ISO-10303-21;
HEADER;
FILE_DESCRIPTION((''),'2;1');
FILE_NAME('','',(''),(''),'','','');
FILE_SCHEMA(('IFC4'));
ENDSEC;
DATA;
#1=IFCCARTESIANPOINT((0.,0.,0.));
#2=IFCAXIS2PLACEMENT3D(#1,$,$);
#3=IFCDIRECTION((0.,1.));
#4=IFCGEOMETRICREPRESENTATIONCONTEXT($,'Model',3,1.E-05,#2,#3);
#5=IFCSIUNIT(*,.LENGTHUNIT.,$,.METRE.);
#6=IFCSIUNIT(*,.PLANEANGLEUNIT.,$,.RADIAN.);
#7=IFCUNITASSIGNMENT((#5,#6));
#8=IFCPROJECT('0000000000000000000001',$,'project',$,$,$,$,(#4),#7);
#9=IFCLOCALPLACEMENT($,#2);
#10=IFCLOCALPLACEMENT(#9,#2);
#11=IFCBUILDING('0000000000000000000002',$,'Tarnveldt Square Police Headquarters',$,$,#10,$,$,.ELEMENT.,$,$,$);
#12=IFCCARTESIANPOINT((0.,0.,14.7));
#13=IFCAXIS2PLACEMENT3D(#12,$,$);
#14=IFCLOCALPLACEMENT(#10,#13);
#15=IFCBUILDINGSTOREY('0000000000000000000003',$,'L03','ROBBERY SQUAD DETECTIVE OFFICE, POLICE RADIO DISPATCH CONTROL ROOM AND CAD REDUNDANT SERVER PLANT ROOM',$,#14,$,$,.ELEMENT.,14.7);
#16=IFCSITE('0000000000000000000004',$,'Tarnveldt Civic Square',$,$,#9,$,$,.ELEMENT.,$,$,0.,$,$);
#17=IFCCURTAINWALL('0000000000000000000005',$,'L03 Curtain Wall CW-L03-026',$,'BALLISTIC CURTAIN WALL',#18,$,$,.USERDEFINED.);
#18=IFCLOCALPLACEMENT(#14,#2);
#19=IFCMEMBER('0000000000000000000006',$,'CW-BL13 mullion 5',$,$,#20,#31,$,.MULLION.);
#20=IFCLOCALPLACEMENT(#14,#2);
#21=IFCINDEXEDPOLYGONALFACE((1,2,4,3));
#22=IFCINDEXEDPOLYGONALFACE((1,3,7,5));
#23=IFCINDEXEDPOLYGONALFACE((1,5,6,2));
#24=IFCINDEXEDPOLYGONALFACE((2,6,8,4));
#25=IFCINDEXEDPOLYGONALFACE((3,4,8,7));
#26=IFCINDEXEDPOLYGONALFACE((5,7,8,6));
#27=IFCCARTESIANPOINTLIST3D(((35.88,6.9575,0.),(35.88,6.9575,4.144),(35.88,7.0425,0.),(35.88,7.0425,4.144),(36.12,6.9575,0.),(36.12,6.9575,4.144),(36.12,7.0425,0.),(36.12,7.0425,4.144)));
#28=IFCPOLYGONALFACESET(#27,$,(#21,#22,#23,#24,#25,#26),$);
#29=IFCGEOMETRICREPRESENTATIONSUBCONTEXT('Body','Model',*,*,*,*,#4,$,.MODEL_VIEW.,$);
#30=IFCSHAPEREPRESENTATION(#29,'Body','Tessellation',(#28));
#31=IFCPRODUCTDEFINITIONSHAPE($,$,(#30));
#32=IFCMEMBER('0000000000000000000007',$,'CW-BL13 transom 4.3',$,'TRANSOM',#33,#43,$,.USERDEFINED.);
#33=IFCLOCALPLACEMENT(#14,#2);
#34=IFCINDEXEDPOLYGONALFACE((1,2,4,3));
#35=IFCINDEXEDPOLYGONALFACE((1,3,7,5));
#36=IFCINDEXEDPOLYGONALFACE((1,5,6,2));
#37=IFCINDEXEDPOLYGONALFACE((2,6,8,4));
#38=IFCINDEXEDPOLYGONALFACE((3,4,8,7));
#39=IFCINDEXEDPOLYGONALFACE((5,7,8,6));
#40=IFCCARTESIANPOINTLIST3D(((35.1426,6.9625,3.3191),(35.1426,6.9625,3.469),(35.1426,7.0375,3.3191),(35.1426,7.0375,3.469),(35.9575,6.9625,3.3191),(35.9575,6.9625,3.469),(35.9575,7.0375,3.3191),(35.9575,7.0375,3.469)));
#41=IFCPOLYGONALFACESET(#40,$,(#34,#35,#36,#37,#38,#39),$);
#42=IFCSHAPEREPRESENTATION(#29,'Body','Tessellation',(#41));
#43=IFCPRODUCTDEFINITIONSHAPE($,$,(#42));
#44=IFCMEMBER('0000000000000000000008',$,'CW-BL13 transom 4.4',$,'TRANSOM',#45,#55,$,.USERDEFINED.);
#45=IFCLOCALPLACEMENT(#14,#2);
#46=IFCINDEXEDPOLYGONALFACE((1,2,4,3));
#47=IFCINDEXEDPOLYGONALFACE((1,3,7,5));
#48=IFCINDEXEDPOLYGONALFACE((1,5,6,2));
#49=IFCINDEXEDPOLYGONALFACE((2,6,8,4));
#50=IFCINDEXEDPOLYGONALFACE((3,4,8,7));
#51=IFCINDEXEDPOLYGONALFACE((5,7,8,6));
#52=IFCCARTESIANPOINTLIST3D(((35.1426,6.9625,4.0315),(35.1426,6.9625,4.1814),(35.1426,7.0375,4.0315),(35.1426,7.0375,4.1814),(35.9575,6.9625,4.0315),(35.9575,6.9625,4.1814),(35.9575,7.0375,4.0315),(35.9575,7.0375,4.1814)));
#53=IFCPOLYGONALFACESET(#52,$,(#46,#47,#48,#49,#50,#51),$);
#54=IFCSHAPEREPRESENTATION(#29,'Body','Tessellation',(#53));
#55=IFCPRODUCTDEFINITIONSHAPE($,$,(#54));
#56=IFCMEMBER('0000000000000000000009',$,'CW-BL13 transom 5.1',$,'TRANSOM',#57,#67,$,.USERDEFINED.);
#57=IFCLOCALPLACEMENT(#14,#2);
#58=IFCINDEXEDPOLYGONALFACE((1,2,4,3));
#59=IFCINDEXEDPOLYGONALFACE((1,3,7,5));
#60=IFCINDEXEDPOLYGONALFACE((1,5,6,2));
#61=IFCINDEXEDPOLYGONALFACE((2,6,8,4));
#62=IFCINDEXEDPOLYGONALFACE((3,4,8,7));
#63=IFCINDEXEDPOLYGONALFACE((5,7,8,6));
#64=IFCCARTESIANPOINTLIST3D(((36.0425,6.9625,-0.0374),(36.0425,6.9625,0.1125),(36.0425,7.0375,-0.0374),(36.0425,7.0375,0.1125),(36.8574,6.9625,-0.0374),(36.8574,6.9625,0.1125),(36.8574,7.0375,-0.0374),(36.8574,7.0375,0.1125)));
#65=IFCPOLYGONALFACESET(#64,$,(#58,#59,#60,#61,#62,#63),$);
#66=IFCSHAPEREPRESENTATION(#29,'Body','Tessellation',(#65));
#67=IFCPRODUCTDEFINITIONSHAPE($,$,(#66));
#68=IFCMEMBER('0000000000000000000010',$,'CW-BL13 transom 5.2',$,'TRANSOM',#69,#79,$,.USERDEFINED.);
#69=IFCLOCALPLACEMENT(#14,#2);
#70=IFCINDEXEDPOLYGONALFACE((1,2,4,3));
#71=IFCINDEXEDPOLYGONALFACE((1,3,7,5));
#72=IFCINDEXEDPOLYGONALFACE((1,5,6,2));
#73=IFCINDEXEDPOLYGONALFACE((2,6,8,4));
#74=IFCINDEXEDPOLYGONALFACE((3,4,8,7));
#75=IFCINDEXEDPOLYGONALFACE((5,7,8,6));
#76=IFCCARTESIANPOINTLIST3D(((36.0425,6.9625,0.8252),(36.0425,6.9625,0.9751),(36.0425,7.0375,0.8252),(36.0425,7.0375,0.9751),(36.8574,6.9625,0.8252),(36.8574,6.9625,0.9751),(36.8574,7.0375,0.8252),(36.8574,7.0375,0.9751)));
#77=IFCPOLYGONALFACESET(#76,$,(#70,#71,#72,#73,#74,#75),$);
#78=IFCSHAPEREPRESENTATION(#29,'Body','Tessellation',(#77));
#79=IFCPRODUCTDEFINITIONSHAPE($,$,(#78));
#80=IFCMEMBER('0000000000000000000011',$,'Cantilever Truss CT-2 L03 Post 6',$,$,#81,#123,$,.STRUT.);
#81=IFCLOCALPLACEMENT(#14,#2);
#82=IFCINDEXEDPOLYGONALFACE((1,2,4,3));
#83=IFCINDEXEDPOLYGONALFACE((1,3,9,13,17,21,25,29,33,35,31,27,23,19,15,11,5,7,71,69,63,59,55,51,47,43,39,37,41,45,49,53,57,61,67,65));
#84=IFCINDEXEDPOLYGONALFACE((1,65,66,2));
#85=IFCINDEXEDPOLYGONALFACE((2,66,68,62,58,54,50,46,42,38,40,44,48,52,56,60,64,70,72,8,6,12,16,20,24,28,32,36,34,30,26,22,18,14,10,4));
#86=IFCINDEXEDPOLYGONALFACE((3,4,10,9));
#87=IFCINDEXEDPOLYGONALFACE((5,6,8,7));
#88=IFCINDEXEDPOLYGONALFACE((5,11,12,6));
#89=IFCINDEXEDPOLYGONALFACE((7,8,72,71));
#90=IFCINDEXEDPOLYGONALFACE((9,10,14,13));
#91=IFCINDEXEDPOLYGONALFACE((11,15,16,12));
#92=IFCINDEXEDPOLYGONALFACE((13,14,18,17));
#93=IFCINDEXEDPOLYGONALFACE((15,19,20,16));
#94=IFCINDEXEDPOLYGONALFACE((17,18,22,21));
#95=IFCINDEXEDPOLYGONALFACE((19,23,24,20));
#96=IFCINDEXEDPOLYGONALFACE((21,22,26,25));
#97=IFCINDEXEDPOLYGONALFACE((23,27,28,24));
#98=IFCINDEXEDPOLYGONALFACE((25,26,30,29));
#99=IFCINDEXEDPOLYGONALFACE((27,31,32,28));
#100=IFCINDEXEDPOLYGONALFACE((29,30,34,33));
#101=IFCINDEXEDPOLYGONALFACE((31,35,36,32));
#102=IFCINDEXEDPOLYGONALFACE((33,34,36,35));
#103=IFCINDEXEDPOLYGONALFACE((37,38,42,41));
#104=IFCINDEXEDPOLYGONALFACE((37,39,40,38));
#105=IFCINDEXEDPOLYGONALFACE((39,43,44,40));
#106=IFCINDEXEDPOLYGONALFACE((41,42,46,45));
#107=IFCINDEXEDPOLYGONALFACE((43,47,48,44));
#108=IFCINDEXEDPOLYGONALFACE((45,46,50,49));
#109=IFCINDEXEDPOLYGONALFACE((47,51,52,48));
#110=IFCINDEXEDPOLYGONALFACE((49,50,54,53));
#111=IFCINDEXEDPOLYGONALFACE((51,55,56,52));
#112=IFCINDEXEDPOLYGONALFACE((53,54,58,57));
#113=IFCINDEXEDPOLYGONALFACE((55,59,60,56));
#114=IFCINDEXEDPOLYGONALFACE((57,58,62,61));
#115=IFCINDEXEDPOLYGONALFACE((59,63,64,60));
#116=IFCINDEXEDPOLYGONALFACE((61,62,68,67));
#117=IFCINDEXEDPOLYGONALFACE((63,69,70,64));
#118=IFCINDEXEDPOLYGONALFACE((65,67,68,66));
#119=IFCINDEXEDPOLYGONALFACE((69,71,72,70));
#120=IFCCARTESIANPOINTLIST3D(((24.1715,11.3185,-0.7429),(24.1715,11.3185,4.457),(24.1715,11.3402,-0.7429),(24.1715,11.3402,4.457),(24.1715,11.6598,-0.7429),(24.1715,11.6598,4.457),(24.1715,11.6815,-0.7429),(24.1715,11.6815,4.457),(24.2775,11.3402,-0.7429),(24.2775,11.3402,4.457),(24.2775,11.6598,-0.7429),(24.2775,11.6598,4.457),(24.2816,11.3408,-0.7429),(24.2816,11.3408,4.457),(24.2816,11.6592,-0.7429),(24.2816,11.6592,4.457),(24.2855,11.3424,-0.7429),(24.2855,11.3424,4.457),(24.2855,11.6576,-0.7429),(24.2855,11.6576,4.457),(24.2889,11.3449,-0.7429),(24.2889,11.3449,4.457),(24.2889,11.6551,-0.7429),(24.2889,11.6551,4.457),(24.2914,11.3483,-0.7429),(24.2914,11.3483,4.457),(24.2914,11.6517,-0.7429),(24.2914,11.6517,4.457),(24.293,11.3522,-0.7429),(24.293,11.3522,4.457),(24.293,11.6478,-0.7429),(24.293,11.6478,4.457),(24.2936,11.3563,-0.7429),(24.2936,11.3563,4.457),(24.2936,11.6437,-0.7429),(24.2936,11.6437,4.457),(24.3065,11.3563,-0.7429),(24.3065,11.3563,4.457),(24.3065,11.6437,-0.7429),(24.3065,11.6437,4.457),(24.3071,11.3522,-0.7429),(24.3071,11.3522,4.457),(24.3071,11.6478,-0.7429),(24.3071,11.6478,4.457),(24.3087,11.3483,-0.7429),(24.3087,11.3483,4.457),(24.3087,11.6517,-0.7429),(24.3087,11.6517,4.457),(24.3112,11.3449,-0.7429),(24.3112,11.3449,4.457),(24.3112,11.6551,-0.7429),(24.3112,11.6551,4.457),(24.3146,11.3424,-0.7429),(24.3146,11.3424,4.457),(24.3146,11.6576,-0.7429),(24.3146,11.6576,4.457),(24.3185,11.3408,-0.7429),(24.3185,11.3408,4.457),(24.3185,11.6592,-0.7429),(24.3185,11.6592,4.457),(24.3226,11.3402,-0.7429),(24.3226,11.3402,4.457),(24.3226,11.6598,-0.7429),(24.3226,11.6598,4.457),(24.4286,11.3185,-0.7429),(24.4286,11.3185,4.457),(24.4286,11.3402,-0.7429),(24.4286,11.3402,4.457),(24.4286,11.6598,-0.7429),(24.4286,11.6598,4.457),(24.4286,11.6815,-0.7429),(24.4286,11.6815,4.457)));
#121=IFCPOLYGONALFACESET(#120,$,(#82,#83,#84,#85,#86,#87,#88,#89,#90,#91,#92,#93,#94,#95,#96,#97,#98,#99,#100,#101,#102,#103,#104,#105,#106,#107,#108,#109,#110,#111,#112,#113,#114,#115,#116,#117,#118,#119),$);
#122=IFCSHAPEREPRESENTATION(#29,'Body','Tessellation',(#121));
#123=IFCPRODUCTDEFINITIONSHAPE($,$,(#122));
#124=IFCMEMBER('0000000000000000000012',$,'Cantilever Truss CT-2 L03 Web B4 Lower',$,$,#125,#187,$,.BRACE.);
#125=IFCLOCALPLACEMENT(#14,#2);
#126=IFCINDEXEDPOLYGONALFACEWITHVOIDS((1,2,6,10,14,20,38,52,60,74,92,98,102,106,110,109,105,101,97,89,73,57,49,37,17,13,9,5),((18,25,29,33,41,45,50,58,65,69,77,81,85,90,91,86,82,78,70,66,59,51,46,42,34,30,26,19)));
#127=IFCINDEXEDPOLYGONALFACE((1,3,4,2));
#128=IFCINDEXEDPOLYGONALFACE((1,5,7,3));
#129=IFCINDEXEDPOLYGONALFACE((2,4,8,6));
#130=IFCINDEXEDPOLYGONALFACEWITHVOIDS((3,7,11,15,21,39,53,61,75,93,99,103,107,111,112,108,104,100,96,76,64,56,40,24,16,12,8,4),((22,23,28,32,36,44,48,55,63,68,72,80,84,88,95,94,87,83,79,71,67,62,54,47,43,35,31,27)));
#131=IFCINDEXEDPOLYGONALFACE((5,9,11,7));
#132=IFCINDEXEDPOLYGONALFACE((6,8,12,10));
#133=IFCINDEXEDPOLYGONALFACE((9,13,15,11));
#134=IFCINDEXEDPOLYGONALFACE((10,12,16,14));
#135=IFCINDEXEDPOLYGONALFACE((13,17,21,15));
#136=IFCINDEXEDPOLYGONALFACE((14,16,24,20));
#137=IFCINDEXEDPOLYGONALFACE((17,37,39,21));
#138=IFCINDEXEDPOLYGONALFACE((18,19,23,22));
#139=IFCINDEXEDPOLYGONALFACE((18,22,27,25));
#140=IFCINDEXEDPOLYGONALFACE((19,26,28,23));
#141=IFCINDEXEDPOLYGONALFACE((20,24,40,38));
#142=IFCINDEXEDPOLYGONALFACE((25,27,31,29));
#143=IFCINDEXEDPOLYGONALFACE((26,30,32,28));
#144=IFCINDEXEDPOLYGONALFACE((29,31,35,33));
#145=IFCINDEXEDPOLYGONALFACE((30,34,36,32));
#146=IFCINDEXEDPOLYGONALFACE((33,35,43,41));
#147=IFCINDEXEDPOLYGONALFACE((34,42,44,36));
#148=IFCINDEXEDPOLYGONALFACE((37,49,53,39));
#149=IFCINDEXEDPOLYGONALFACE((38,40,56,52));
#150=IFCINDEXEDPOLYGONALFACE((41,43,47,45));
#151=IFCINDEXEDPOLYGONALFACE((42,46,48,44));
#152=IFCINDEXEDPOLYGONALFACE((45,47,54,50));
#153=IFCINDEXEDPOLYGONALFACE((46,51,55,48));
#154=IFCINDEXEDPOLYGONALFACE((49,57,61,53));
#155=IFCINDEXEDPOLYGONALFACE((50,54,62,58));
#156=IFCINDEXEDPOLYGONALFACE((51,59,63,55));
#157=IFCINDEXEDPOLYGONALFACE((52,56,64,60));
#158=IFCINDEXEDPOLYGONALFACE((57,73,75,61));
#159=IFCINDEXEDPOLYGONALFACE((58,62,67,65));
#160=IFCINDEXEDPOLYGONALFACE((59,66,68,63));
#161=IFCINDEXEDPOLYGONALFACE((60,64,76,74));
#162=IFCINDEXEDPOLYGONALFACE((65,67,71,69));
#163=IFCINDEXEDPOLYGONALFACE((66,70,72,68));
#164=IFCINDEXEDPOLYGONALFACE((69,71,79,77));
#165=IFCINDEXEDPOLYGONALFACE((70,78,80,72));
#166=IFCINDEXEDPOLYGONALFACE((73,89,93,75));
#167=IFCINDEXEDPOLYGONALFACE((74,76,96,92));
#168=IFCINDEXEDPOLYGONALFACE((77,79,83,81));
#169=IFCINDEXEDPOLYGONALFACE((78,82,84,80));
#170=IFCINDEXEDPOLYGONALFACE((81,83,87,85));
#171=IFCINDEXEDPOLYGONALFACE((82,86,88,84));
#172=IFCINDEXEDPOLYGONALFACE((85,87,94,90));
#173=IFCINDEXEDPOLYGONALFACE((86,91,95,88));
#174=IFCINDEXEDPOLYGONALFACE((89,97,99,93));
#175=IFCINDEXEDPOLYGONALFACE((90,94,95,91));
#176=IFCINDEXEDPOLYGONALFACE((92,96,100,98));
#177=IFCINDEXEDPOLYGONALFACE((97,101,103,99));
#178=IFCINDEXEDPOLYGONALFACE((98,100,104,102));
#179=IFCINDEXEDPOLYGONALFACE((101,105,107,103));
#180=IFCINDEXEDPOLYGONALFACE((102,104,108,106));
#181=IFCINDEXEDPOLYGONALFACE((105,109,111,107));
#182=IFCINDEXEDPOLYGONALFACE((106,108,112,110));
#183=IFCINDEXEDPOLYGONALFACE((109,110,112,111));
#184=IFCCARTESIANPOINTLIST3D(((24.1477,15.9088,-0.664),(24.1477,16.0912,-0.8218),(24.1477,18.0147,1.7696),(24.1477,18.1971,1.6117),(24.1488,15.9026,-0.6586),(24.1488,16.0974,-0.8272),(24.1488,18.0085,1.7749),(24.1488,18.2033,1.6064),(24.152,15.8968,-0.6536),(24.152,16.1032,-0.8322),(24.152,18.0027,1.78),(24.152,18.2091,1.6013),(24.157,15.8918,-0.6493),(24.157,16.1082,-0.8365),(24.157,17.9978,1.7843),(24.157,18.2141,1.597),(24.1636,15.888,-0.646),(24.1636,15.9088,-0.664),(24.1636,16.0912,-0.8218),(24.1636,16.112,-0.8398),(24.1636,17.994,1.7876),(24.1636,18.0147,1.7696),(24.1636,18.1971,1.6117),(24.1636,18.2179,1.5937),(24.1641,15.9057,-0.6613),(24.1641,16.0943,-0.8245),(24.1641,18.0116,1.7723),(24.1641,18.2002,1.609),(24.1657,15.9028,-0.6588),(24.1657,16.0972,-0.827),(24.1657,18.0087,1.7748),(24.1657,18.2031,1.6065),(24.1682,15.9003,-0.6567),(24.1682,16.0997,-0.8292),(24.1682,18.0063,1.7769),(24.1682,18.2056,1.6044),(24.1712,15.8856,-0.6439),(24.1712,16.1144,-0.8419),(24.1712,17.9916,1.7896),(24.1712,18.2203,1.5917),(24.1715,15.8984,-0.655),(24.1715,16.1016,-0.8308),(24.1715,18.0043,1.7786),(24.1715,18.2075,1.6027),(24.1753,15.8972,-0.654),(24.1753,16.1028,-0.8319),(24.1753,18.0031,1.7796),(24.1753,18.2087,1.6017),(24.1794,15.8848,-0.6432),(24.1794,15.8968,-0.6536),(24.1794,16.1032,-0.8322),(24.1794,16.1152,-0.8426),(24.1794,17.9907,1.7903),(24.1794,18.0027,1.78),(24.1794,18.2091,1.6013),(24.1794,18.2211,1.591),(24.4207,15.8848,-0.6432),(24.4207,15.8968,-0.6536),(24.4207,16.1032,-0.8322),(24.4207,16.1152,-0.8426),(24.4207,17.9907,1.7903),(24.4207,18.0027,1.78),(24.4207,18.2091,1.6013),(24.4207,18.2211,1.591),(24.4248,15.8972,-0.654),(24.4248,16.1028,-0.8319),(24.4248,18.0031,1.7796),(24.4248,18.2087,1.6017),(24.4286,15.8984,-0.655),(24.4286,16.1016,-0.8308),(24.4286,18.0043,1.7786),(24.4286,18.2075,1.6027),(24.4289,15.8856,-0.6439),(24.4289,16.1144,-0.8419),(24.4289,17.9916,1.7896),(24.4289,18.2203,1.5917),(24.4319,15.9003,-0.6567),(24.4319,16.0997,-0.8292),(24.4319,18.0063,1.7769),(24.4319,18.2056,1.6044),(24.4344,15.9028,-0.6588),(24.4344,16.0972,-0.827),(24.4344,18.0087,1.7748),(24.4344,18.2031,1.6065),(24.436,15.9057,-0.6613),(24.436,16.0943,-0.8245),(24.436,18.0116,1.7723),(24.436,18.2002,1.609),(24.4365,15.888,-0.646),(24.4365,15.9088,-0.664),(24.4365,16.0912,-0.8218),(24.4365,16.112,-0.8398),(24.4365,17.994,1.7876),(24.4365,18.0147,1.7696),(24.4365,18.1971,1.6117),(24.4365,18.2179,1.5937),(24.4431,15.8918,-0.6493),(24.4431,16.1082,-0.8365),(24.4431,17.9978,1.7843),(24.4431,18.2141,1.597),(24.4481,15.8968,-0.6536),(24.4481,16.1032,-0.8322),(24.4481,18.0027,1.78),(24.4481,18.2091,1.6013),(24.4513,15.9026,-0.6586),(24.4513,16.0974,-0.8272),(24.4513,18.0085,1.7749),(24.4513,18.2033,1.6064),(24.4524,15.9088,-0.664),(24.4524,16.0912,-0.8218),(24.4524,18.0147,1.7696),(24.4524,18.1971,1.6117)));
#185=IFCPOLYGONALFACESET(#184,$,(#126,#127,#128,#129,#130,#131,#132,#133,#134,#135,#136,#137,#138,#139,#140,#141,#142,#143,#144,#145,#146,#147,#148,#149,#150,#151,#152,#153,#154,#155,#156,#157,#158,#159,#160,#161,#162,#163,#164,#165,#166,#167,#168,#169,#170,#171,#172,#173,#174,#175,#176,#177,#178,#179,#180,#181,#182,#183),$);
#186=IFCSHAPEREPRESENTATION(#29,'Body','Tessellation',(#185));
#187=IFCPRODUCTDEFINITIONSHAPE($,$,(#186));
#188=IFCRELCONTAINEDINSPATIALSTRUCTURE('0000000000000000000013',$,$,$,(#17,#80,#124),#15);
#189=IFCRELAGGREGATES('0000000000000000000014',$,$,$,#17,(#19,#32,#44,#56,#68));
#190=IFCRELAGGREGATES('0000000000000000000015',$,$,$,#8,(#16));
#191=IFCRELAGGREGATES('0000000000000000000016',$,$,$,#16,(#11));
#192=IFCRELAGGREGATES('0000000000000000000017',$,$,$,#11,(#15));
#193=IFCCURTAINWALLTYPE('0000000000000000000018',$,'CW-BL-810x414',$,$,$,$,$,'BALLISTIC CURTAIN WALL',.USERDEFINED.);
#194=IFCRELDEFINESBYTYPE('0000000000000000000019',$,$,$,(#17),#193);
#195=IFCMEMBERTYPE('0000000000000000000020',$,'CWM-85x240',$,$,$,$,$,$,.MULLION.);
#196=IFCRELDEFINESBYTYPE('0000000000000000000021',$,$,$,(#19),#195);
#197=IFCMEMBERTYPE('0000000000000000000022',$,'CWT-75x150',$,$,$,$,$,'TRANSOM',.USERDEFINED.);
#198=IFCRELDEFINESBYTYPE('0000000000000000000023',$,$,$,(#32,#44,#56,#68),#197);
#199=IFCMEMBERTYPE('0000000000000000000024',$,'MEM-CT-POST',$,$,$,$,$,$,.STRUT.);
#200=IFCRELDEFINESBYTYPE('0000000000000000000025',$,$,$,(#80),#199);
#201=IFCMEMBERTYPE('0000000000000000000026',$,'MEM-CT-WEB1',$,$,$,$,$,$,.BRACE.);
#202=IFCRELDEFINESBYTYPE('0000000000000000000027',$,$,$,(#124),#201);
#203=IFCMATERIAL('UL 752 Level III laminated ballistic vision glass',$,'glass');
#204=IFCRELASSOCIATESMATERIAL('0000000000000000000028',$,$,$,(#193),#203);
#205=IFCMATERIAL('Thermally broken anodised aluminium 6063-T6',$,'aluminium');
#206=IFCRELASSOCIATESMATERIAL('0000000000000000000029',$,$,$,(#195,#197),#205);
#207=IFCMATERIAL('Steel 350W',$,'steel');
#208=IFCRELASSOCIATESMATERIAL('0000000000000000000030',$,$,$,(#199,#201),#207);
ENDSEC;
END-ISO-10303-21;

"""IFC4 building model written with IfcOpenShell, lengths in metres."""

from ifc_helpers import new_model, si_unit, direction, frame, origin, origin_2d, place, context, subcontext, project, spatial, rectangle, hollow_rectangle, i_section, extrude, material, material_profile, profile_set, type_object, element, aggregate, save


model = new_model("IFC4")

# Units and contexts
model_context = context("Model", 3, precision=1e-05, world=origin(), true_north=direction((0.0, 1.0)))
body_context = subcontext(model_context, "Body", "Model", "MODEL_VIEW")
ifc_project = project(units=[si_unit("LENGTHUNIT", "METRE"), si_unit("PLANEANGLEUNIT", "RADIAN")], contexts=[model_context])

# Site, building, storey
site_placement = place(None, origin())
site = spatial("IfcSite", under=ifc_project, at=site_placement, Name="Tarnveldt Civic Square", CompositionType="ELEMENT", RefElevation=0.0)
building_placement = place(site_placement, origin())
building = spatial("IfcBuilding", under=site, at=building_placement, Name="Tarnveldt Square Police Headquarters", CompositionType="ELEMENT")
storey_placement = place(building_placement, frame((0.0, 0.0, 14.7)))
storey = spatial("IfcBuildingStorey", under=building, at=storey_placement, Name="L03", Description="ROBBERY SQUAD DETECTIVE OFFICE, POLICE RADIO DISPATCH CONTROL ROOM AND CAD REDUNDANT SERVER PLANT ROOM", CompositionType="ELEMENT", Elevation=14.7)

# Shared definitions
ifc_material_1 = material(Name="Steel 350W", Category="steel")

# Curtain wall, members
ifc_material_2 = material(Name="UL 752 Level III laminated ballistic vision glass", Category="glass")
curtain_wall_type = type_object("IfcCurtainWallType", Name="CW-BL-810x414", ElementType="BALLISTIC CURTAIN WALL", PredefinedType="USERDEFINED", material=ifc_material_2)
curtain_wall_placement = place(storey_placement, origin())
curtain_wall = element("IfcCurtainWall", 1, at=curtain_wall_placement, inside=storey, type_object=curtain_wall_type, Name="L03 Curtain Wall CW-L03-026", ObjectType="BALLISTIC CURTAIN WALL", PredefinedType="USERDEFINED")
ifc_material_3 = material(Name="Thermally broken anodised aluminium 6063-T6", Category="aluminium")
ifc_material_profile_1 = material_profile(ifc_material_3, rectangle(XDim=0.085, YDim=0.24, at=origin_2d()), Name="CW-M85x240")
ifc_profile_set_1 = profile_set([ifc_material_profile_1], Name="Thermally broken anodised aluminium 6063-T6")
member_type_1 = type_object("IfcMemberType", Name="CWM-85x240", PredefinedType="MULLION", material=ifc_profile_set_1)
member_1_placement = place(storey_placement, frame((36.0, 7.0, 0.0), z_axis=(0.0, 0.0, 1.0), x_axis=(0.0, 1.0, 0.0)))
member_1 = element("IfcMember", 2, at=member_1_placement, type_object=member_type_1, Name="CW-BL13 mullion 5", PredefinedType="MULLION", context=body_context, shape_type="SweptSolid", body=[
    extrude(rectangle(XDim=0.085, YDim=0.24, at=origin_2d()), origin(), (0.0, 0.0, 1.0), 4.144),
])
ifc_material_profile_2 = material_profile(ifc_material_3, rectangle(XDim=0.075, YDim=0.1499, at=origin_2d()), Name="CW-T75x150")
ifc_profile_set_2 = profile_set([ifc_material_profile_2], Name="Thermally broken anodised aluminium 6063-T6")
member_type_2 = type_object("IfcMemberType", Name="CWT-75x150", ElementType="TRANSOM", PredefinedType="USERDEFINED", material=ifc_profile_set_2)
member_2_placement = place(storey_placement, frame((35.1426, 7.0, 3.394), z_axis=(1.0, 0.0, 0.0), x_axis=(0.0, 1.0, 0.0)))
member_2 = element("IfcMember", 3, at=member_2_placement, type_object=member_type_2, Name="CW-BL13 transom 4.3", ObjectType="TRANSOM", PredefinedType="USERDEFINED", context=body_context, shape_type="SweptSolid", body=[
    extrude(rectangle(XDim=0.075, YDim=0.1499, at=origin_2d()), origin(), (0.0, 0.0, 1.0), 0.8149),
])
member_3_placement = place(storey_placement, frame((35.1426, 7.0, 4.1064), z_axis=(1.0, 0.0, 0.0), x_axis=(0.0, 1.0, 0.0)))
member_3 = element("IfcMember", 4, at=member_3_placement, type_object=member_type_2, Name="CW-BL13 transom 4.4", ObjectType="TRANSOM", PredefinedType="USERDEFINED", context=body_context, shape_type="SweptSolid", body=[
    extrude(rectangle(XDim=0.075, YDim=0.1499, at=origin_2d()), origin(), (0.0, 0.0, 1.0), 0.8149),
])
member_4_placement = place(storey_placement, frame((36.0425, 7.0, 0.0376), z_axis=(1.0, 0.0, 0.0), x_axis=(0.0, 1.0, 0.0)))
member_4 = element("IfcMember", 5, at=member_4_placement, type_object=member_type_2, Name="CW-BL13 transom 5.1", ObjectType="TRANSOM", PredefinedType="USERDEFINED", context=body_context, shape_type="SweptSolid", body=[
    extrude(rectangle(XDim=0.075, YDim=0.1499, at=origin_2d()), origin(), (0.0, 0.0, 1.0), 0.8149),
])
member_5_placement = place(storey_placement, frame((36.0425, 7.0, 0.9001), z_axis=(1.0, 0.0, 0.0), x_axis=(0.0, 1.0, 0.0)))
member_5 = element("IfcMember", 6, at=member_5_placement, type_object=member_type_2, Name="CW-BL13 transom 5.2", ObjectType="TRANSOM", PredefinedType="USERDEFINED", context=body_context, shape_type="SweptSolid", body=[
    extrude(rectangle(XDim=0.075, YDim=0.1499, at=origin_2d()), origin(), (0.0, 0.0, 1.0), 0.8149),
])

# Members
ifc_material_profile_3 = material_profile(ifc_material_1, i_section(OverallWidth=0.2571, OverallDepth=0.363, WebThickness=0.0129, FlangeThickness=0.0217, FilletRadius=0.0161, at=origin_2d()), Name="W360x122")
ifc_profile_set_3 = profile_set([ifc_material_profile_3], Name="Steel 350W")
member_type_3 = type_object("IfcMemberType", Name="MEM-CT-POST", PredefinedType="STRUT", material=ifc_profile_set_3)
member_6_placement = place(storey_placement, frame((24.3, 11.5, -0.7429), z_axis=(0.0, 0.0, 1.0), x_axis=(1.0, 0.0, 0.0)))
element("IfcMember", 7, at=member_6_placement, inside=storey, type_object=member_type_3, Name="Cantilever Truss CT-2 L03 Post 6", PredefinedType="STRUT", context=body_context, shape_type="SweptSolid", body=[
    extrude(i_section(OverallWidth=0.2571, OverallDepth=0.363, WebThickness=0.0129, FlangeThickness=0.0217, FilletRadius=0.0161, at=origin_2d()), origin(), (0.0, 0.0, 1.0), 5.2),
])
ifc_material_profile_4 = material_profile(ifc_material_1, hollow_rectangle(XDim=0.3047, YDim=0.3047, WallThickness=0.0159, InnerFilletRadius=0.0159, OuterFilletRadius=0.0317, at=origin_2d()), Name="HSS305x305x16")
ifc_profile_set_4 = profile_set([ifc_material_profile_4], Name="Steel 350W")
member_type_4 = type_object("IfcMemberType", Name="MEM-CT-WEB1", PredefinedType="BRACE", material=ifc_profile_set_4)
member_7_placement = place(storey_placement, frame((24.3, 16.0, -0.7429), z_axis=(0.0, 0.65437, 0.756174), x_axis=(-1.0, 0.0, 0.0)))
element("IfcMember", 8, at=member_7_placement, inside=storey, type_object=member_type_4, Name="Cantilever Truss CT-2 L03 Web B4 Lower", PredefinedType="BRACE", context=body_context, shape_type="SweptSolid", body=[
    extrude(hollow_rectangle(XDim=0.3047, YDim=0.3047, WallThickness=0.0159, InnerFilletRadius=0.0159, OuterFilletRadius=0.0317, at=origin_2d()), origin(), (0.0, 0.0, 1.0), 3.2183),
])

aggregate(curtain_wall, [member_1, member_2, member_3, member_4, member_5])

save(model, "model.ifc")
